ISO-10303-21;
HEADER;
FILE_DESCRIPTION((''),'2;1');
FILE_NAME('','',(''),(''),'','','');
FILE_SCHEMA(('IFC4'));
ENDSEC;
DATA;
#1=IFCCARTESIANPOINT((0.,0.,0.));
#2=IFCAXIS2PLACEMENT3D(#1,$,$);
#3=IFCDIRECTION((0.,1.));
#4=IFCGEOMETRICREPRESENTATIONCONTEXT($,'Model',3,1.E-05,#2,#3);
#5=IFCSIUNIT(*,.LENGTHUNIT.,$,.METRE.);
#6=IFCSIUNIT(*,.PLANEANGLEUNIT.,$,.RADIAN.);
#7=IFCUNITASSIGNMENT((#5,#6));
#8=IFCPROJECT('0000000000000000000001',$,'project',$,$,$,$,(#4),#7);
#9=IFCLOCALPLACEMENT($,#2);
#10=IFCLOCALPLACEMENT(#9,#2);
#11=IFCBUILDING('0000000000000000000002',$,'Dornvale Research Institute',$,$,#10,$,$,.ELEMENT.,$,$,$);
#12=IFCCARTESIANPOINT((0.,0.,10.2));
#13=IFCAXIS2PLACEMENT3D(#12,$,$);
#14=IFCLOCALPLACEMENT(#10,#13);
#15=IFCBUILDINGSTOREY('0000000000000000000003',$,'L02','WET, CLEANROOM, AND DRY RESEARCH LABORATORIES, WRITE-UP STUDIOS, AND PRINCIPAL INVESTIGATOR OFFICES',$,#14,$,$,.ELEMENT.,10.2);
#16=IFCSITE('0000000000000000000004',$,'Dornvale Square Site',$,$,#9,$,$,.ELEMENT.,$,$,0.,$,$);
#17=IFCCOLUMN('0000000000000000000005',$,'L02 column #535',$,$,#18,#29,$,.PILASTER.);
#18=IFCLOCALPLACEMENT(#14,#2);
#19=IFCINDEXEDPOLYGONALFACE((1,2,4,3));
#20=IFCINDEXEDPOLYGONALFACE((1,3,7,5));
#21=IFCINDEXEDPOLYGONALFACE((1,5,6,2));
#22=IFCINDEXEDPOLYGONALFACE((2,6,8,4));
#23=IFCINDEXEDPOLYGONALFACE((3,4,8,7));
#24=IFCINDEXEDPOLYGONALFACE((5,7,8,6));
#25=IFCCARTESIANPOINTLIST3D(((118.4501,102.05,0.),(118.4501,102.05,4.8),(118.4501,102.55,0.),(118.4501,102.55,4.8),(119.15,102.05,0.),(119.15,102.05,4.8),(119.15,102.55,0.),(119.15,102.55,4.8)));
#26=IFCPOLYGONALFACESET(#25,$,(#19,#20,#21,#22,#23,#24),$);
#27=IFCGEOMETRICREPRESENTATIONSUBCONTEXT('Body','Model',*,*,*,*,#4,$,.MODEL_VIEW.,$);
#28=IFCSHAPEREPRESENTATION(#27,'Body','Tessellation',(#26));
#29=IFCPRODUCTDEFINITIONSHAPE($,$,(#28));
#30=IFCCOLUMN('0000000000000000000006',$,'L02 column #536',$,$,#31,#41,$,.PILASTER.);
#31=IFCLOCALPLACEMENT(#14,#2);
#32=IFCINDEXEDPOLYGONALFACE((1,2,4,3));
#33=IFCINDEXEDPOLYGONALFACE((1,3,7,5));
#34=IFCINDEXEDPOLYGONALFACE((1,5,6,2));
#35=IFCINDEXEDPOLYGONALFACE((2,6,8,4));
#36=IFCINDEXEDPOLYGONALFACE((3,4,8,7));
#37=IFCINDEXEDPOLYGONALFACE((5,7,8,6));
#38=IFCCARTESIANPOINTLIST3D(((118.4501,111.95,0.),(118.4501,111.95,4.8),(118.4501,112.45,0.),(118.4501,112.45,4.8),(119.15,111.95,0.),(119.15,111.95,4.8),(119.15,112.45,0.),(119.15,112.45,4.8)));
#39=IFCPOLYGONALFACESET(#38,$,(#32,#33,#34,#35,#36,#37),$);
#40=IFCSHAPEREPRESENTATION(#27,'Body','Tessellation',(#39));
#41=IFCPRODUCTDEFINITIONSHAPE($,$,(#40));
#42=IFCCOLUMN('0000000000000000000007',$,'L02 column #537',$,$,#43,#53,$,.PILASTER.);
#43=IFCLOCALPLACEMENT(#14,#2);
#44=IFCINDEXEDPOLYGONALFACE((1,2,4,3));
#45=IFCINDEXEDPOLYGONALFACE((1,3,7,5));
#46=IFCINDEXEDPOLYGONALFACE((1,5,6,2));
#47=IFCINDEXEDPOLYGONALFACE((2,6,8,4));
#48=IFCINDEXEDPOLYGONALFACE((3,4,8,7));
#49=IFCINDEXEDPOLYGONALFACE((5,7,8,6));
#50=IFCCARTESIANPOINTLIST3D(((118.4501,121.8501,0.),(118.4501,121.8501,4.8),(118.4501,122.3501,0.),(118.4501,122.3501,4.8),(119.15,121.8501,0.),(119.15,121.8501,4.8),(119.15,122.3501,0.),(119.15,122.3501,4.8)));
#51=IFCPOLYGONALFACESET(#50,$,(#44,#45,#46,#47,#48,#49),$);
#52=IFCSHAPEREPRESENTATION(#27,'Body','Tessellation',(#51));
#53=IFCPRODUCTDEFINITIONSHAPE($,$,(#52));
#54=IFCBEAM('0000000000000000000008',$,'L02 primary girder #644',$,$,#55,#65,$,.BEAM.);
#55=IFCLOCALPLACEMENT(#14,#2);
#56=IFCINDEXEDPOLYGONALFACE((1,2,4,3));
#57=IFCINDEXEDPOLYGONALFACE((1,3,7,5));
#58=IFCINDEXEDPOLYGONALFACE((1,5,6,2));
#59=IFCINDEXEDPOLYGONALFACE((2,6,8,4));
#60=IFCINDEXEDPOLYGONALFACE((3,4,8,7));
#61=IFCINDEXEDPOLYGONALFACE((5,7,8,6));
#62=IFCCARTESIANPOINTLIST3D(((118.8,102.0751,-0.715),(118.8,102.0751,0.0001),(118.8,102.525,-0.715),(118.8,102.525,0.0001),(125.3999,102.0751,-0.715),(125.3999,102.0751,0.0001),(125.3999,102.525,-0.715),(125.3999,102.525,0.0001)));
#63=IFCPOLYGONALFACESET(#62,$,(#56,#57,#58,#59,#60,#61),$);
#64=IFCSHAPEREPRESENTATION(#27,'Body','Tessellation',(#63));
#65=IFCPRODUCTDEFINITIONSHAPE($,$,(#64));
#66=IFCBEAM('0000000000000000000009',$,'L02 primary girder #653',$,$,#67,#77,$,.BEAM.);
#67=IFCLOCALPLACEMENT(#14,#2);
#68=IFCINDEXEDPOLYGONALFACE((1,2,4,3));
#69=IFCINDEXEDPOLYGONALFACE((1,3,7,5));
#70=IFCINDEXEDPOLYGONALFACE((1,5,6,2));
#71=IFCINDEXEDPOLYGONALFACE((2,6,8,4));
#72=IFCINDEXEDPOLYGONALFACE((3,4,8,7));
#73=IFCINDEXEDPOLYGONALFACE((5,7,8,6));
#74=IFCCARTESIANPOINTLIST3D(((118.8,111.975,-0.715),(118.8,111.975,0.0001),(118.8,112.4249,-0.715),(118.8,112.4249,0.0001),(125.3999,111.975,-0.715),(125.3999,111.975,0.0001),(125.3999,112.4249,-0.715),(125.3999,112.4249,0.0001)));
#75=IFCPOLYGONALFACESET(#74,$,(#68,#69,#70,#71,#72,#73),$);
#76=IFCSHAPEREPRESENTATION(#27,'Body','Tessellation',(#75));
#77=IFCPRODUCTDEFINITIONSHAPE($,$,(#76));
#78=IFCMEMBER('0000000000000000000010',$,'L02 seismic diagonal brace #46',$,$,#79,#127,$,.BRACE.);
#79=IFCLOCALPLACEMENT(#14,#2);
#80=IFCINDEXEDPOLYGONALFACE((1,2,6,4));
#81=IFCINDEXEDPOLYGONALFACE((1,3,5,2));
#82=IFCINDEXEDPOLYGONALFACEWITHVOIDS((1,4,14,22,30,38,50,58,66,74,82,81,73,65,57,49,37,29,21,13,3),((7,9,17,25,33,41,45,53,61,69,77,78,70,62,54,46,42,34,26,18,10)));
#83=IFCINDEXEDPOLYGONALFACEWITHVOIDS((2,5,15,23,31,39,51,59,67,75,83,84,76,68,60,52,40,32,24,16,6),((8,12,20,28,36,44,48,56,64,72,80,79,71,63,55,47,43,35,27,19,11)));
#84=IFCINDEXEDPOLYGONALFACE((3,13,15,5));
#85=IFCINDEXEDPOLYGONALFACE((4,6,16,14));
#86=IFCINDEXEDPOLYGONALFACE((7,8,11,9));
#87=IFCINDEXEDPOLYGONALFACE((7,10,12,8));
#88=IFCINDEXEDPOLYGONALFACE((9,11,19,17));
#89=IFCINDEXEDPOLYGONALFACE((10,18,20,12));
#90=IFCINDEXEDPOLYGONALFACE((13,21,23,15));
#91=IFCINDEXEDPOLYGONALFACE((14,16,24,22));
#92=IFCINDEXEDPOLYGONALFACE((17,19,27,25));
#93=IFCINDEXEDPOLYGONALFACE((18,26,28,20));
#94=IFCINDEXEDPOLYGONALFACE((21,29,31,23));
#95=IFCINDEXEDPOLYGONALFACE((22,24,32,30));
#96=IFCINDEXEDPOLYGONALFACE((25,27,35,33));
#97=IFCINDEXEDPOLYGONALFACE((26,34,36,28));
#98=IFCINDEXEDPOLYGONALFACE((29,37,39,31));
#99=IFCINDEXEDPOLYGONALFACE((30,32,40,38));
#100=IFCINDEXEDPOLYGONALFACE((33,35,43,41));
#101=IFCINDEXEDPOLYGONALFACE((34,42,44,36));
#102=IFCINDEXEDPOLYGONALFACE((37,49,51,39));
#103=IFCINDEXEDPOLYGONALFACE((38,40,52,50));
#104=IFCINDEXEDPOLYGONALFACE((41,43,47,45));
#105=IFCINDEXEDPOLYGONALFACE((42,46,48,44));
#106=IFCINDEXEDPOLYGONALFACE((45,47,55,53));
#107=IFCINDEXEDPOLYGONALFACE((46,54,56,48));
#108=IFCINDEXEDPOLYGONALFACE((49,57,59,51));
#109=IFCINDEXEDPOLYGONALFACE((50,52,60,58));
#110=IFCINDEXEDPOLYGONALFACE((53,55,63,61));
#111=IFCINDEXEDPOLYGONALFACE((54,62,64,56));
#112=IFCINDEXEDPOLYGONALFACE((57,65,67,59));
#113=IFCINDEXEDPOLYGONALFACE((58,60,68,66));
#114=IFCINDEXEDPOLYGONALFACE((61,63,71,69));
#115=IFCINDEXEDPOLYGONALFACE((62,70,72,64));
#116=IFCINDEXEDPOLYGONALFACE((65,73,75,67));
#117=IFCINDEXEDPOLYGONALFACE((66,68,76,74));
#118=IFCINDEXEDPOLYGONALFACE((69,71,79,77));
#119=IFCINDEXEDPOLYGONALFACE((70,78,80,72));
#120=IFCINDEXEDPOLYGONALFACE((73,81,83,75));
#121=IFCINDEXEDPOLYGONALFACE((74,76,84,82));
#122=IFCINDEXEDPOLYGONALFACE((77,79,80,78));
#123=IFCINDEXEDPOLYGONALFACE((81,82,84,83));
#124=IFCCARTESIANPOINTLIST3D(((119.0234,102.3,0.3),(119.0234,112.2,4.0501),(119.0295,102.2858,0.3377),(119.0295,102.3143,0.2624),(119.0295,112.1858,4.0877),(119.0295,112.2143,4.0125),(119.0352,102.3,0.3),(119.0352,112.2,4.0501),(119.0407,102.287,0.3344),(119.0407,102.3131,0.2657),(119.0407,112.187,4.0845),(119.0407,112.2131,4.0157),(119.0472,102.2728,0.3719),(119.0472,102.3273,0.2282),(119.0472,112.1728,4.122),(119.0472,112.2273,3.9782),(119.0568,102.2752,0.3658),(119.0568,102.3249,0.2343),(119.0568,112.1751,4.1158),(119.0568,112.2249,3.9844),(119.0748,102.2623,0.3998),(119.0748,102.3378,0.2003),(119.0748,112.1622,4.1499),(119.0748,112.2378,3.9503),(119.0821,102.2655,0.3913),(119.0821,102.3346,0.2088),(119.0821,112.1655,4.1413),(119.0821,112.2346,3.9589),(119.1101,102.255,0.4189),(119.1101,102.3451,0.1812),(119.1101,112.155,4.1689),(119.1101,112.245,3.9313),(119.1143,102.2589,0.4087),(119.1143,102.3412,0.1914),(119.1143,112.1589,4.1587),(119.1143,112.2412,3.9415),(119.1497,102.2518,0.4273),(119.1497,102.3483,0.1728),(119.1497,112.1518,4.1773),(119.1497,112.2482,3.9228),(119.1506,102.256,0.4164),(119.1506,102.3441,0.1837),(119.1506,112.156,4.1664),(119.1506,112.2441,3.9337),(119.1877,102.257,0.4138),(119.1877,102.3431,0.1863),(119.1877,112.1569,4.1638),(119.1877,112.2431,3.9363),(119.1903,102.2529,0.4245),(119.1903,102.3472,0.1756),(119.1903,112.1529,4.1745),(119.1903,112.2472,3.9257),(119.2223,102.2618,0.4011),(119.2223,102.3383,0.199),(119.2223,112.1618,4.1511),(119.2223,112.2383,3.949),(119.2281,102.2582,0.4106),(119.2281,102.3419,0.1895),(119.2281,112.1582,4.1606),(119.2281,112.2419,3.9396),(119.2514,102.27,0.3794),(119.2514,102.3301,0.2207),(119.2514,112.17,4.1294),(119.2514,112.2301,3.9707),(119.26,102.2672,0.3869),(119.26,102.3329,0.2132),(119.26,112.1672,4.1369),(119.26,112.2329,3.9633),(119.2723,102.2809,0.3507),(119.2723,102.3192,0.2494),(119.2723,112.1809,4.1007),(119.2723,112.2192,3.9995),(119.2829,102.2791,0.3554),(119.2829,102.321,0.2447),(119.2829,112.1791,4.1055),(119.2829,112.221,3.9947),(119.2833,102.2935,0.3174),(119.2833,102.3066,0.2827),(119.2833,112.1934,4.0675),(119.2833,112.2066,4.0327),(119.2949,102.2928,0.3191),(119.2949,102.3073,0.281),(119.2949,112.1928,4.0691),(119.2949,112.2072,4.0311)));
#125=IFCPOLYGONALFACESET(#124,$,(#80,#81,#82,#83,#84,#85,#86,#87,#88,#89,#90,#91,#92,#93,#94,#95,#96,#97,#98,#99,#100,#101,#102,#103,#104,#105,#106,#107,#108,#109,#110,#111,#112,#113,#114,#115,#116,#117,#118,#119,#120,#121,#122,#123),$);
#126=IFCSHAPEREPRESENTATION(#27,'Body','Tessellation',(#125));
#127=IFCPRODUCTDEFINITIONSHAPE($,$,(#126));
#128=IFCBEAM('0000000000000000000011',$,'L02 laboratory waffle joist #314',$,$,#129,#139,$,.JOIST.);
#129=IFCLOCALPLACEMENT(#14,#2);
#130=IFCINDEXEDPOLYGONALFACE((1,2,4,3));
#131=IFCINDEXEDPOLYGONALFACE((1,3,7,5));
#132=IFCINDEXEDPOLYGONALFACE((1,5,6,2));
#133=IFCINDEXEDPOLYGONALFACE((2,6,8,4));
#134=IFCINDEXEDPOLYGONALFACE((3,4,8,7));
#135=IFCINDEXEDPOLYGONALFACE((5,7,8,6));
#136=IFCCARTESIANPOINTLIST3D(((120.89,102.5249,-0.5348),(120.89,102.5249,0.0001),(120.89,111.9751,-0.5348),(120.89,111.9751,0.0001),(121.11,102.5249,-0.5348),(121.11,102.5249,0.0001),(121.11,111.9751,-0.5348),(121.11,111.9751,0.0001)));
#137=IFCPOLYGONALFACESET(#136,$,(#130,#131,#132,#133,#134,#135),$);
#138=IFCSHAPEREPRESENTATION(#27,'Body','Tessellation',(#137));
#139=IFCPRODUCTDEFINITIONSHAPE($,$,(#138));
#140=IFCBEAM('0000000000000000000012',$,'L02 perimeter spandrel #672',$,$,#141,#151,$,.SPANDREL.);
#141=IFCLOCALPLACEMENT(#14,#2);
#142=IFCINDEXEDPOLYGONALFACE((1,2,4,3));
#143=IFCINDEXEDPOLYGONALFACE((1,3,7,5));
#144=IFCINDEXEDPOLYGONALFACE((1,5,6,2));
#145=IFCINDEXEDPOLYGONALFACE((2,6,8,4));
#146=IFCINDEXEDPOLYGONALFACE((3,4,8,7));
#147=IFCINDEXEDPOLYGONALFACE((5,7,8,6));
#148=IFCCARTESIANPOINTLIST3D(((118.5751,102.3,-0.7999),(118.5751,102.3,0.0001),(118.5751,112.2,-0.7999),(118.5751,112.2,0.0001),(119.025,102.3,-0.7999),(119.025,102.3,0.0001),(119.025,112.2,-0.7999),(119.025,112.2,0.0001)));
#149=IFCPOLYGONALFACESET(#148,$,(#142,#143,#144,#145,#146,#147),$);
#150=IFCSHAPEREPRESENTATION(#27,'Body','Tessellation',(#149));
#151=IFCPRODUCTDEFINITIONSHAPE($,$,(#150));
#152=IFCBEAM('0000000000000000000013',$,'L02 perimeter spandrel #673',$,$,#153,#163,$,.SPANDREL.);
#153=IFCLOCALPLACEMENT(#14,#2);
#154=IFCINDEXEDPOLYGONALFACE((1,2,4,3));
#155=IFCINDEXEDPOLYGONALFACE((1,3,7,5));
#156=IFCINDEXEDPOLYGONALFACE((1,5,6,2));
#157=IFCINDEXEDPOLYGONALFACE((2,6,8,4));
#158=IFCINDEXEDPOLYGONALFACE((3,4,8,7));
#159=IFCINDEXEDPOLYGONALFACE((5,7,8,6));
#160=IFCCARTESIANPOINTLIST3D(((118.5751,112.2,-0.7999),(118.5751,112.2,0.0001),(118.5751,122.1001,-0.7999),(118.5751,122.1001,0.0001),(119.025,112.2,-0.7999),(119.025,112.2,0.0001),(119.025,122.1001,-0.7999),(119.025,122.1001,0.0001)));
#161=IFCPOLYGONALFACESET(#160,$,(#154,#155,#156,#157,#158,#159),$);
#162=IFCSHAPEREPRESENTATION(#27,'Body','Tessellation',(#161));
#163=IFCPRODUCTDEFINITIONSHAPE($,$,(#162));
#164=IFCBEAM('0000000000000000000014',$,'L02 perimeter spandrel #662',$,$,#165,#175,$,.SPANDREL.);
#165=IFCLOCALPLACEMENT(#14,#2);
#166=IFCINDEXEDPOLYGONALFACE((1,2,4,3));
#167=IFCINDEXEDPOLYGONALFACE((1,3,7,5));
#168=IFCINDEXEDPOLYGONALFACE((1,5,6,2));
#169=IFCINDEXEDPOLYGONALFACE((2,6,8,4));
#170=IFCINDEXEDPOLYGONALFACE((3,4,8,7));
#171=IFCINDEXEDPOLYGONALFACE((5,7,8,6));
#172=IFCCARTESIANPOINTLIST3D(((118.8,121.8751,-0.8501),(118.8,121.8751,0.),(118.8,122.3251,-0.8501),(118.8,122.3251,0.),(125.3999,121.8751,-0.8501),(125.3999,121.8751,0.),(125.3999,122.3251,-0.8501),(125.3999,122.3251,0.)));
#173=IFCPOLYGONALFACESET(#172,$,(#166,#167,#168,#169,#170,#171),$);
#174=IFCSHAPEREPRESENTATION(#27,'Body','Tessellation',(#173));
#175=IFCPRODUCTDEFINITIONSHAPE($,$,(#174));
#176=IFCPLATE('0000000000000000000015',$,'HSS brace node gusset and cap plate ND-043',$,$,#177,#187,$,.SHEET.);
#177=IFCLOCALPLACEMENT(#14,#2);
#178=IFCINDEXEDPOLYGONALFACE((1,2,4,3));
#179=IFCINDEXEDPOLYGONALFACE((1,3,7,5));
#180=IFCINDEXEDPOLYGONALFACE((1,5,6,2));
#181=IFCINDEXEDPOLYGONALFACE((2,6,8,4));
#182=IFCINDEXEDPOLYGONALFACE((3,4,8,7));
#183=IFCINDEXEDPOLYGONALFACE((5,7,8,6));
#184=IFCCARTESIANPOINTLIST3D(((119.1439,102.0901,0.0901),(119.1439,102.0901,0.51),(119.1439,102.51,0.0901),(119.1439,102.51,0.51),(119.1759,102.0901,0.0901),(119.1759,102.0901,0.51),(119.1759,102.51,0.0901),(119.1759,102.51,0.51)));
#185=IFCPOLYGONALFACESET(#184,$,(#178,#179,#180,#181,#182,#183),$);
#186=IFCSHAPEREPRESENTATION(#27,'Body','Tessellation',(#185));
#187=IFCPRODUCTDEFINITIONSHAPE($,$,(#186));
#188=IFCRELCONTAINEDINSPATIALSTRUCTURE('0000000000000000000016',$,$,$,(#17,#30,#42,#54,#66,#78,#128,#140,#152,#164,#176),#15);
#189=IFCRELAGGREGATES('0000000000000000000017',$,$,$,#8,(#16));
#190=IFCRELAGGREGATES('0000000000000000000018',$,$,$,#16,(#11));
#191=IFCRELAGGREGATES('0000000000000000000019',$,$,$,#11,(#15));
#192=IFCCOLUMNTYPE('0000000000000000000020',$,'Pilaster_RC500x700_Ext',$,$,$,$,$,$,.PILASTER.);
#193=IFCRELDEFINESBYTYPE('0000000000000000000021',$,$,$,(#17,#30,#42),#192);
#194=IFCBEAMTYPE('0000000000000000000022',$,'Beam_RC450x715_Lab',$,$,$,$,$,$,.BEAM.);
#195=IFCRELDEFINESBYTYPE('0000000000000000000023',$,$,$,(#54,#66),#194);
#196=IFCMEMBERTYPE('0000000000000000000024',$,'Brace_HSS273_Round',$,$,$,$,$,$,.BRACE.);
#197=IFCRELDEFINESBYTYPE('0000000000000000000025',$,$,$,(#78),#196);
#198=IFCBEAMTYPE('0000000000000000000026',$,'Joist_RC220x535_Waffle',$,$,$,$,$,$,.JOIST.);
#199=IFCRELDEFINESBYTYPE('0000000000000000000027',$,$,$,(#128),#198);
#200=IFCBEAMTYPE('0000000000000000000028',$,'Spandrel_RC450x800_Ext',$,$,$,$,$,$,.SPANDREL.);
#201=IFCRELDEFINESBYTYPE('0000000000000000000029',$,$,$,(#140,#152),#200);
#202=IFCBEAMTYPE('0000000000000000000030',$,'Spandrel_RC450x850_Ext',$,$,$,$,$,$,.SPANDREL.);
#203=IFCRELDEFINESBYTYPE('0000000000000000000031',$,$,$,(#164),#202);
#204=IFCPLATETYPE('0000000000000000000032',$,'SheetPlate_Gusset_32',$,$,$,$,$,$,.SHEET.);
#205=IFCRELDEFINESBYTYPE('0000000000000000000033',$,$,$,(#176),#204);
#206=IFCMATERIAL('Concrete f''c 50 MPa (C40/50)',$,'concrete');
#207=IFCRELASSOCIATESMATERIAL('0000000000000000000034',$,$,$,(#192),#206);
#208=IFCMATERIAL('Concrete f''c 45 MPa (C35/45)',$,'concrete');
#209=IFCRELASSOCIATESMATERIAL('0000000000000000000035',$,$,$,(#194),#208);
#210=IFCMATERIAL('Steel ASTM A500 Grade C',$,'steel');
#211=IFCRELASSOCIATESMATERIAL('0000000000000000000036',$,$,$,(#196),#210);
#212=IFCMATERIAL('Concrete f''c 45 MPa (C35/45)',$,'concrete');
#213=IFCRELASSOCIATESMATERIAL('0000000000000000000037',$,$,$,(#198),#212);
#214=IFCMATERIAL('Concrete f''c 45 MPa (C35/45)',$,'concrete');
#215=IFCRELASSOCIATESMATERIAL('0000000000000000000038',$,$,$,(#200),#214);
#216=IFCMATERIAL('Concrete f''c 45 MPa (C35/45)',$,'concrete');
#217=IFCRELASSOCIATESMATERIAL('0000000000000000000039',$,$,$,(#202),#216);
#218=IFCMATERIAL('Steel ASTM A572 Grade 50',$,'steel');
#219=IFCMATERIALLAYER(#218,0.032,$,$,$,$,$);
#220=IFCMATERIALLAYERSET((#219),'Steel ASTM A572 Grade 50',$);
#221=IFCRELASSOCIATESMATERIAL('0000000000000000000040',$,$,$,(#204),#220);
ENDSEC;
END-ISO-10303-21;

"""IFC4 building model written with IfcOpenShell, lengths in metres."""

from ifc_helpers import new_model, si_unit, direction, frame, origin, origin_2d, place, context, subcontext, project, spatial, rectangle, hollow_circle, extrude, material, layer, layer_set, material_profile, profile_set, type_object, element, save


model = new_model("IFC4")

# Units and contexts
model_context = context("Model", 3, precision=1e-05, world=origin(), true_north=direction((0.0, 1.0)))
body_context = subcontext(model_context, "Body", "Model", "MODEL_VIEW")
ifc_project = project(units=[si_unit("LENGTHUNIT", "METRE"), si_unit("PLANEANGLEUNIT", "RADIAN")], contexts=[model_context])

# Site, building, storey
site_placement = place(None, origin())
site = spatial("IfcSite", under=ifc_project, at=site_placement, Name="Dornvale Square Site", CompositionType="ELEMENT", RefElevation=0.0)
building_placement = place(site_placement, origin())
building = spatial("IfcBuilding", under=site, at=building_placement, Name="Dornvale Research Institute", CompositionType="ELEMENT")
storey_placement = place(building_placement, frame((0.0, 0.0, 10.2)))
storey = spatial("IfcBuildingStorey", under=building, at=storey_placement, Name="L02", Description="WET, CLEANROOM, AND DRY RESEARCH LABORATORIES, WRITE-UP STUDIOS, AND PRINCIPAL INVESTIGATOR OFFICES", CompositionType="ELEMENT", Elevation=10.2)

# Columns
ifc_material_1 = material(Name="Concrete f'c 50 MPa (C40/50)", Category="concrete")
ifc_material_profile_1 = material_profile(ifc_material_1, rectangle(XDim=0.5, YDim=0.7, at=origin_2d()), Name="RC 500x700")
ifc_profile_set_1 = profile_set([ifc_material_profile_1], Name="Concrete f'c 50 MPa (C40/50)")
column_type = type_object("IfcColumnType", Name="Pilaster_RC500x700_Ext", PredefinedType="PILASTER", material=ifc_profile_set_1)
for number, where, z_axis, x_axis, name in (
    (1, (118.8, 102.3, 0.0), (0.0, 0.0, 1.0), (0.0, 1.0, 0.0), "L02 column #535"),
    (2, (118.8, 112.2, 0.0), (0.0, 0.0, 1.0), (0.0, 1.0, 0.0), "L02 column #536"),
    (3, (118.8, 122.1001, 0.0), (0.0, 0.0, 1.0), (0.0, 1.0, 0.0), "L02 column #537"),
):
    element("IfcColumn", number, at=place(storey_placement, frame(where, z_axis=z_axis, x_axis=x_axis)), inside=storey, type_object=column_type, Name=name, PredefinedType="PILASTER", context=body_context, shape_type="SweptSolid", body=[
        extrude(rectangle(XDim=0.5, YDim=0.7, at=origin_2d()), origin(), (0.0, 0.0, 1.0), 4.8),
    ])

# Beams
ifc_material_2 = material(Name="Concrete f'c 45 MPa (C35/45)", Category="concrete")
ifc_material_profile_2 = material_profile(ifc_material_2, rectangle(XDim=0.45, YDim=0.7151, at=origin_2d()), Name="RC 450x715")
ifc_profile_set_2 = profile_set([ifc_material_profile_2], Name="Concrete f'c 45 MPa (C35/45)")
beam_type_1 = type_object("IfcBeamType", Name="Beam_RC450x715_Lab", PredefinedType="BEAM", material=ifc_profile_set_2)
for number, where, z_axis, x_axis, name in (
    (4, (118.8, 102.3, -0.3574), (1.0, 0.0, 0.0), (0.0, 1.0, 0.0), "L02 primary girder #644"),
    (5, (118.8, 112.2, -0.3574), (1.0, 0.0, 0.0), (0.0, 1.0, 0.0), "L02 primary girder #653"),
):
    element("IfcBeam", number, at=place(storey_placement, frame(where, z_axis=z_axis, x_axis=x_axis)), inside=storey, type_object=beam_type_1, Name=name, PredefinedType="BEAM", context=body_context, shape_type="SweptSolid", body=[
        extrude(rectangle(XDim=0.45, YDim=0.7151, at=origin_2d()), origin(), (0.0, 0.0, 1.0), 6.5999),
    ])

# Member
ifc_material_3 = material(Name="Steel ASTM A500 Grade C", Category="steel")
ifc_material_profile_3 = material_profile(ifc_material_3, hollow_circle(Radius=0.1365, WallThickness=0.0117, at=origin_2d()), Name="HSS273X12.7")
ifc_profile_set_3 = profile_set([ifc_material_profile_3], Name="Steel ASTM A500 Grade C")
member_type = type_object("IfcMemberType", Name="Brace_HSS273_Round", PredefinedType="BRACE", material=ifc_profile_set_3)
member_placement = place(storey_placement, frame((119.1599, 102.3, 0.3), z_axis=(0.0, 0.935158, 0.35423), x_axis=(-1.0, 0.0, 0.0)))
element("IfcMember", 6, at=member_placement, inside=storey, type_object=member_type, Name="L02 seismic diagonal brace #46", PredefinedType="BRACE", context=body_context, shape_type="SweptSolid", body=[
    extrude(hollow_circle(Radius=0.1365, WallThickness=0.0117, at=origin_2d()), origin(), (0.0, 0.0, 1.0), 10.5864),
])

# Beams
ifc_material_4 = material(Name="Concrete f'c 45 MPa (C35/45)", Category="concrete")
ifc_material_profile_4 = material_profile(ifc_material_4, rectangle(XDim=0.22, YDim=0.5349, at=origin_2d()), Name="RC 220x535")
ifc_profile_set_4 = profile_set([ifc_material_profile_4], Name="Concrete f'c 45 MPa (C35/45)")
beam_type_2 = type_object("IfcBeamType", Name="Joist_RC220x535_Waffle", PredefinedType="JOIST", material=ifc_profile_set_4)
beam_1_placement = place(storey_placement, frame((121.0, 102.5249, -0.2673), z_axis=(0.0, 1.0, 0.0), x_axis=(-1.0, 0.0, 0.0)))
element("IfcBeam", 7, at=beam_1_placement, inside=storey, type_object=beam_type_2, Name="L02 laboratory waffle joist #314", PredefinedType="JOIST", context=body_context, shape_type="SweptSolid", body=[
    extrude(rectangle(XDim=0.22, YDim=0.5349, at=origin_2d()), origin(), (0.0, 0.0, 1.0), 9.4502),
])
ifc_material_5 = material(Name="Concrete f'c 45 MPa (C35/45)", Category="concrete")
ifc_material_profile_5 = material_profile(ifc_material_5, rectangle(XDim=0.45, YDim=0.8, at=origin_2d()), Name="RC 450x800")
ifc_profile_set_5 = profile_set([ifc_material_profile_5], Name="Concrete f'c 45 MPa (C35/45)")
beam_type_3 = type_object("IfcBeamType", Name="Spandrel_RC450x800_Ext", PredefinedType="SPANDREL", material=ifc_profile_set_5)
beam_2_placement = place(storey_placement, frame((118.8, 102.3, -0.3999), z_axis=(0.0, 1.0, 0.0), x_axis=(-1.0, 0.0, 0.0)))
element("IfcBeam", 8, at=beam_2_placement, inside=storey, type_object=beam_type_3, Name="L02 perimeter spandrel #672", PredefinedType="SPANDREL", context=body_context, shape_type="SweptSolid", body=[
    extrude(rectangle(XDim=0.45, YDim=0.8, at=origin_2d()), origin(), (0.0, 0.0, 1.0), 9.8999),
])
beam_3_placement = place(storey_placement, frame((118.8, 112.2, -0.3999), z_axis=(0.0, 1.0, 0.0), x_axis=(-1.0, 0.0, 0.0)))
element("IfcBeam", 9, at=beam_3_placement, inside=storey, type_object=beam_type_3, Name="L02 perimeter spandrel #673", PredefinedType="SPANDREL", context=body_context, shape_type="SweptSolid", body=[
    extrude(rectangle(XDim=0.45, YDim=0.8, at=origin_2d()), origin(), (0.0, 0.0, 1.0), 9.9001),
])
ifc_material_6 = material(Name="Concrete f'c 45 MPa (C35/45)", Category="concrete")
ifc_material_profile_6 = material_profile(ifc_material_6, rectangle(XDim=0.45, YDim=0.8501, at=origin_2d()), Name="RC 450x850")
ifc_profile_set_6 = profile_set([ifc_material_profile_6], Name="Concrete f'c 45 MPa (C35/45)")
beam_type_4 = type_object("IfcBeamType", Name="Spandrel_RC450x850_Ext", PredefinedType="SPANDREL", material=ifc_profile_set_6)
beam_4_placement = place(storey_placement, frame((118.8, 122.1001, -0.425), z_axis=(1.0, 0.0, 0.0), x_axis=(0.0, 1.0, 0.0)))
element("IfcBeam", 10, at=beam_4_placement, inside=storey, type_object=beam_type_4, Name="L02 perimeter spandrel #662", PredefinedType="SPANDREL", context=body_context, shape_type="SweptSolid", body=[
    extrude(rectangle(XDim=0.45, YDim=0.8501, at=origin_2d()), origin(), (0.0, 0.0, 1.0), 6.5999),
])

# Plate
ifc_material_7 = material(Name="Steel ASTM A572 Grade 50", Category="steel")
ifc_layer_1 = layer(ifc_material_7, 0.032)
ifc_layer_set_1 = layer_set([ifc_layer_1], Name="Steel ASTM A572 Grade 50")
plate_type = type_object("IfcPlateType", Name="SheetPlate_Gusset_32", PredefinedType="SHEET", material=ifc_layer_set_1)
for number, where, z_axis, x_axis, name in (
    (11, (119.1599, 102.3, 0.0901), (0.0, 0.0, 1.0), (0.0, 1.0, 0.0), "HSS brace node gusset and cap plate ND-043"),
):
    element("IfcPlate", number, at=place(storey_placement, frame(where, z_axis=z_axis, x_axis=x_axis)), inside=storey, type_object=plate_type, Name=name, PredefinedType="SHEET", context=body_context, shape_type="SweptSolid", body=[
        extrude(rectangle(XDim=0.4199, YDim=0.032, at=origin_2d()), origin(), (0.0, 0.0, 1.0), 0.4199),
    ])

save(model, "model.ifc")
